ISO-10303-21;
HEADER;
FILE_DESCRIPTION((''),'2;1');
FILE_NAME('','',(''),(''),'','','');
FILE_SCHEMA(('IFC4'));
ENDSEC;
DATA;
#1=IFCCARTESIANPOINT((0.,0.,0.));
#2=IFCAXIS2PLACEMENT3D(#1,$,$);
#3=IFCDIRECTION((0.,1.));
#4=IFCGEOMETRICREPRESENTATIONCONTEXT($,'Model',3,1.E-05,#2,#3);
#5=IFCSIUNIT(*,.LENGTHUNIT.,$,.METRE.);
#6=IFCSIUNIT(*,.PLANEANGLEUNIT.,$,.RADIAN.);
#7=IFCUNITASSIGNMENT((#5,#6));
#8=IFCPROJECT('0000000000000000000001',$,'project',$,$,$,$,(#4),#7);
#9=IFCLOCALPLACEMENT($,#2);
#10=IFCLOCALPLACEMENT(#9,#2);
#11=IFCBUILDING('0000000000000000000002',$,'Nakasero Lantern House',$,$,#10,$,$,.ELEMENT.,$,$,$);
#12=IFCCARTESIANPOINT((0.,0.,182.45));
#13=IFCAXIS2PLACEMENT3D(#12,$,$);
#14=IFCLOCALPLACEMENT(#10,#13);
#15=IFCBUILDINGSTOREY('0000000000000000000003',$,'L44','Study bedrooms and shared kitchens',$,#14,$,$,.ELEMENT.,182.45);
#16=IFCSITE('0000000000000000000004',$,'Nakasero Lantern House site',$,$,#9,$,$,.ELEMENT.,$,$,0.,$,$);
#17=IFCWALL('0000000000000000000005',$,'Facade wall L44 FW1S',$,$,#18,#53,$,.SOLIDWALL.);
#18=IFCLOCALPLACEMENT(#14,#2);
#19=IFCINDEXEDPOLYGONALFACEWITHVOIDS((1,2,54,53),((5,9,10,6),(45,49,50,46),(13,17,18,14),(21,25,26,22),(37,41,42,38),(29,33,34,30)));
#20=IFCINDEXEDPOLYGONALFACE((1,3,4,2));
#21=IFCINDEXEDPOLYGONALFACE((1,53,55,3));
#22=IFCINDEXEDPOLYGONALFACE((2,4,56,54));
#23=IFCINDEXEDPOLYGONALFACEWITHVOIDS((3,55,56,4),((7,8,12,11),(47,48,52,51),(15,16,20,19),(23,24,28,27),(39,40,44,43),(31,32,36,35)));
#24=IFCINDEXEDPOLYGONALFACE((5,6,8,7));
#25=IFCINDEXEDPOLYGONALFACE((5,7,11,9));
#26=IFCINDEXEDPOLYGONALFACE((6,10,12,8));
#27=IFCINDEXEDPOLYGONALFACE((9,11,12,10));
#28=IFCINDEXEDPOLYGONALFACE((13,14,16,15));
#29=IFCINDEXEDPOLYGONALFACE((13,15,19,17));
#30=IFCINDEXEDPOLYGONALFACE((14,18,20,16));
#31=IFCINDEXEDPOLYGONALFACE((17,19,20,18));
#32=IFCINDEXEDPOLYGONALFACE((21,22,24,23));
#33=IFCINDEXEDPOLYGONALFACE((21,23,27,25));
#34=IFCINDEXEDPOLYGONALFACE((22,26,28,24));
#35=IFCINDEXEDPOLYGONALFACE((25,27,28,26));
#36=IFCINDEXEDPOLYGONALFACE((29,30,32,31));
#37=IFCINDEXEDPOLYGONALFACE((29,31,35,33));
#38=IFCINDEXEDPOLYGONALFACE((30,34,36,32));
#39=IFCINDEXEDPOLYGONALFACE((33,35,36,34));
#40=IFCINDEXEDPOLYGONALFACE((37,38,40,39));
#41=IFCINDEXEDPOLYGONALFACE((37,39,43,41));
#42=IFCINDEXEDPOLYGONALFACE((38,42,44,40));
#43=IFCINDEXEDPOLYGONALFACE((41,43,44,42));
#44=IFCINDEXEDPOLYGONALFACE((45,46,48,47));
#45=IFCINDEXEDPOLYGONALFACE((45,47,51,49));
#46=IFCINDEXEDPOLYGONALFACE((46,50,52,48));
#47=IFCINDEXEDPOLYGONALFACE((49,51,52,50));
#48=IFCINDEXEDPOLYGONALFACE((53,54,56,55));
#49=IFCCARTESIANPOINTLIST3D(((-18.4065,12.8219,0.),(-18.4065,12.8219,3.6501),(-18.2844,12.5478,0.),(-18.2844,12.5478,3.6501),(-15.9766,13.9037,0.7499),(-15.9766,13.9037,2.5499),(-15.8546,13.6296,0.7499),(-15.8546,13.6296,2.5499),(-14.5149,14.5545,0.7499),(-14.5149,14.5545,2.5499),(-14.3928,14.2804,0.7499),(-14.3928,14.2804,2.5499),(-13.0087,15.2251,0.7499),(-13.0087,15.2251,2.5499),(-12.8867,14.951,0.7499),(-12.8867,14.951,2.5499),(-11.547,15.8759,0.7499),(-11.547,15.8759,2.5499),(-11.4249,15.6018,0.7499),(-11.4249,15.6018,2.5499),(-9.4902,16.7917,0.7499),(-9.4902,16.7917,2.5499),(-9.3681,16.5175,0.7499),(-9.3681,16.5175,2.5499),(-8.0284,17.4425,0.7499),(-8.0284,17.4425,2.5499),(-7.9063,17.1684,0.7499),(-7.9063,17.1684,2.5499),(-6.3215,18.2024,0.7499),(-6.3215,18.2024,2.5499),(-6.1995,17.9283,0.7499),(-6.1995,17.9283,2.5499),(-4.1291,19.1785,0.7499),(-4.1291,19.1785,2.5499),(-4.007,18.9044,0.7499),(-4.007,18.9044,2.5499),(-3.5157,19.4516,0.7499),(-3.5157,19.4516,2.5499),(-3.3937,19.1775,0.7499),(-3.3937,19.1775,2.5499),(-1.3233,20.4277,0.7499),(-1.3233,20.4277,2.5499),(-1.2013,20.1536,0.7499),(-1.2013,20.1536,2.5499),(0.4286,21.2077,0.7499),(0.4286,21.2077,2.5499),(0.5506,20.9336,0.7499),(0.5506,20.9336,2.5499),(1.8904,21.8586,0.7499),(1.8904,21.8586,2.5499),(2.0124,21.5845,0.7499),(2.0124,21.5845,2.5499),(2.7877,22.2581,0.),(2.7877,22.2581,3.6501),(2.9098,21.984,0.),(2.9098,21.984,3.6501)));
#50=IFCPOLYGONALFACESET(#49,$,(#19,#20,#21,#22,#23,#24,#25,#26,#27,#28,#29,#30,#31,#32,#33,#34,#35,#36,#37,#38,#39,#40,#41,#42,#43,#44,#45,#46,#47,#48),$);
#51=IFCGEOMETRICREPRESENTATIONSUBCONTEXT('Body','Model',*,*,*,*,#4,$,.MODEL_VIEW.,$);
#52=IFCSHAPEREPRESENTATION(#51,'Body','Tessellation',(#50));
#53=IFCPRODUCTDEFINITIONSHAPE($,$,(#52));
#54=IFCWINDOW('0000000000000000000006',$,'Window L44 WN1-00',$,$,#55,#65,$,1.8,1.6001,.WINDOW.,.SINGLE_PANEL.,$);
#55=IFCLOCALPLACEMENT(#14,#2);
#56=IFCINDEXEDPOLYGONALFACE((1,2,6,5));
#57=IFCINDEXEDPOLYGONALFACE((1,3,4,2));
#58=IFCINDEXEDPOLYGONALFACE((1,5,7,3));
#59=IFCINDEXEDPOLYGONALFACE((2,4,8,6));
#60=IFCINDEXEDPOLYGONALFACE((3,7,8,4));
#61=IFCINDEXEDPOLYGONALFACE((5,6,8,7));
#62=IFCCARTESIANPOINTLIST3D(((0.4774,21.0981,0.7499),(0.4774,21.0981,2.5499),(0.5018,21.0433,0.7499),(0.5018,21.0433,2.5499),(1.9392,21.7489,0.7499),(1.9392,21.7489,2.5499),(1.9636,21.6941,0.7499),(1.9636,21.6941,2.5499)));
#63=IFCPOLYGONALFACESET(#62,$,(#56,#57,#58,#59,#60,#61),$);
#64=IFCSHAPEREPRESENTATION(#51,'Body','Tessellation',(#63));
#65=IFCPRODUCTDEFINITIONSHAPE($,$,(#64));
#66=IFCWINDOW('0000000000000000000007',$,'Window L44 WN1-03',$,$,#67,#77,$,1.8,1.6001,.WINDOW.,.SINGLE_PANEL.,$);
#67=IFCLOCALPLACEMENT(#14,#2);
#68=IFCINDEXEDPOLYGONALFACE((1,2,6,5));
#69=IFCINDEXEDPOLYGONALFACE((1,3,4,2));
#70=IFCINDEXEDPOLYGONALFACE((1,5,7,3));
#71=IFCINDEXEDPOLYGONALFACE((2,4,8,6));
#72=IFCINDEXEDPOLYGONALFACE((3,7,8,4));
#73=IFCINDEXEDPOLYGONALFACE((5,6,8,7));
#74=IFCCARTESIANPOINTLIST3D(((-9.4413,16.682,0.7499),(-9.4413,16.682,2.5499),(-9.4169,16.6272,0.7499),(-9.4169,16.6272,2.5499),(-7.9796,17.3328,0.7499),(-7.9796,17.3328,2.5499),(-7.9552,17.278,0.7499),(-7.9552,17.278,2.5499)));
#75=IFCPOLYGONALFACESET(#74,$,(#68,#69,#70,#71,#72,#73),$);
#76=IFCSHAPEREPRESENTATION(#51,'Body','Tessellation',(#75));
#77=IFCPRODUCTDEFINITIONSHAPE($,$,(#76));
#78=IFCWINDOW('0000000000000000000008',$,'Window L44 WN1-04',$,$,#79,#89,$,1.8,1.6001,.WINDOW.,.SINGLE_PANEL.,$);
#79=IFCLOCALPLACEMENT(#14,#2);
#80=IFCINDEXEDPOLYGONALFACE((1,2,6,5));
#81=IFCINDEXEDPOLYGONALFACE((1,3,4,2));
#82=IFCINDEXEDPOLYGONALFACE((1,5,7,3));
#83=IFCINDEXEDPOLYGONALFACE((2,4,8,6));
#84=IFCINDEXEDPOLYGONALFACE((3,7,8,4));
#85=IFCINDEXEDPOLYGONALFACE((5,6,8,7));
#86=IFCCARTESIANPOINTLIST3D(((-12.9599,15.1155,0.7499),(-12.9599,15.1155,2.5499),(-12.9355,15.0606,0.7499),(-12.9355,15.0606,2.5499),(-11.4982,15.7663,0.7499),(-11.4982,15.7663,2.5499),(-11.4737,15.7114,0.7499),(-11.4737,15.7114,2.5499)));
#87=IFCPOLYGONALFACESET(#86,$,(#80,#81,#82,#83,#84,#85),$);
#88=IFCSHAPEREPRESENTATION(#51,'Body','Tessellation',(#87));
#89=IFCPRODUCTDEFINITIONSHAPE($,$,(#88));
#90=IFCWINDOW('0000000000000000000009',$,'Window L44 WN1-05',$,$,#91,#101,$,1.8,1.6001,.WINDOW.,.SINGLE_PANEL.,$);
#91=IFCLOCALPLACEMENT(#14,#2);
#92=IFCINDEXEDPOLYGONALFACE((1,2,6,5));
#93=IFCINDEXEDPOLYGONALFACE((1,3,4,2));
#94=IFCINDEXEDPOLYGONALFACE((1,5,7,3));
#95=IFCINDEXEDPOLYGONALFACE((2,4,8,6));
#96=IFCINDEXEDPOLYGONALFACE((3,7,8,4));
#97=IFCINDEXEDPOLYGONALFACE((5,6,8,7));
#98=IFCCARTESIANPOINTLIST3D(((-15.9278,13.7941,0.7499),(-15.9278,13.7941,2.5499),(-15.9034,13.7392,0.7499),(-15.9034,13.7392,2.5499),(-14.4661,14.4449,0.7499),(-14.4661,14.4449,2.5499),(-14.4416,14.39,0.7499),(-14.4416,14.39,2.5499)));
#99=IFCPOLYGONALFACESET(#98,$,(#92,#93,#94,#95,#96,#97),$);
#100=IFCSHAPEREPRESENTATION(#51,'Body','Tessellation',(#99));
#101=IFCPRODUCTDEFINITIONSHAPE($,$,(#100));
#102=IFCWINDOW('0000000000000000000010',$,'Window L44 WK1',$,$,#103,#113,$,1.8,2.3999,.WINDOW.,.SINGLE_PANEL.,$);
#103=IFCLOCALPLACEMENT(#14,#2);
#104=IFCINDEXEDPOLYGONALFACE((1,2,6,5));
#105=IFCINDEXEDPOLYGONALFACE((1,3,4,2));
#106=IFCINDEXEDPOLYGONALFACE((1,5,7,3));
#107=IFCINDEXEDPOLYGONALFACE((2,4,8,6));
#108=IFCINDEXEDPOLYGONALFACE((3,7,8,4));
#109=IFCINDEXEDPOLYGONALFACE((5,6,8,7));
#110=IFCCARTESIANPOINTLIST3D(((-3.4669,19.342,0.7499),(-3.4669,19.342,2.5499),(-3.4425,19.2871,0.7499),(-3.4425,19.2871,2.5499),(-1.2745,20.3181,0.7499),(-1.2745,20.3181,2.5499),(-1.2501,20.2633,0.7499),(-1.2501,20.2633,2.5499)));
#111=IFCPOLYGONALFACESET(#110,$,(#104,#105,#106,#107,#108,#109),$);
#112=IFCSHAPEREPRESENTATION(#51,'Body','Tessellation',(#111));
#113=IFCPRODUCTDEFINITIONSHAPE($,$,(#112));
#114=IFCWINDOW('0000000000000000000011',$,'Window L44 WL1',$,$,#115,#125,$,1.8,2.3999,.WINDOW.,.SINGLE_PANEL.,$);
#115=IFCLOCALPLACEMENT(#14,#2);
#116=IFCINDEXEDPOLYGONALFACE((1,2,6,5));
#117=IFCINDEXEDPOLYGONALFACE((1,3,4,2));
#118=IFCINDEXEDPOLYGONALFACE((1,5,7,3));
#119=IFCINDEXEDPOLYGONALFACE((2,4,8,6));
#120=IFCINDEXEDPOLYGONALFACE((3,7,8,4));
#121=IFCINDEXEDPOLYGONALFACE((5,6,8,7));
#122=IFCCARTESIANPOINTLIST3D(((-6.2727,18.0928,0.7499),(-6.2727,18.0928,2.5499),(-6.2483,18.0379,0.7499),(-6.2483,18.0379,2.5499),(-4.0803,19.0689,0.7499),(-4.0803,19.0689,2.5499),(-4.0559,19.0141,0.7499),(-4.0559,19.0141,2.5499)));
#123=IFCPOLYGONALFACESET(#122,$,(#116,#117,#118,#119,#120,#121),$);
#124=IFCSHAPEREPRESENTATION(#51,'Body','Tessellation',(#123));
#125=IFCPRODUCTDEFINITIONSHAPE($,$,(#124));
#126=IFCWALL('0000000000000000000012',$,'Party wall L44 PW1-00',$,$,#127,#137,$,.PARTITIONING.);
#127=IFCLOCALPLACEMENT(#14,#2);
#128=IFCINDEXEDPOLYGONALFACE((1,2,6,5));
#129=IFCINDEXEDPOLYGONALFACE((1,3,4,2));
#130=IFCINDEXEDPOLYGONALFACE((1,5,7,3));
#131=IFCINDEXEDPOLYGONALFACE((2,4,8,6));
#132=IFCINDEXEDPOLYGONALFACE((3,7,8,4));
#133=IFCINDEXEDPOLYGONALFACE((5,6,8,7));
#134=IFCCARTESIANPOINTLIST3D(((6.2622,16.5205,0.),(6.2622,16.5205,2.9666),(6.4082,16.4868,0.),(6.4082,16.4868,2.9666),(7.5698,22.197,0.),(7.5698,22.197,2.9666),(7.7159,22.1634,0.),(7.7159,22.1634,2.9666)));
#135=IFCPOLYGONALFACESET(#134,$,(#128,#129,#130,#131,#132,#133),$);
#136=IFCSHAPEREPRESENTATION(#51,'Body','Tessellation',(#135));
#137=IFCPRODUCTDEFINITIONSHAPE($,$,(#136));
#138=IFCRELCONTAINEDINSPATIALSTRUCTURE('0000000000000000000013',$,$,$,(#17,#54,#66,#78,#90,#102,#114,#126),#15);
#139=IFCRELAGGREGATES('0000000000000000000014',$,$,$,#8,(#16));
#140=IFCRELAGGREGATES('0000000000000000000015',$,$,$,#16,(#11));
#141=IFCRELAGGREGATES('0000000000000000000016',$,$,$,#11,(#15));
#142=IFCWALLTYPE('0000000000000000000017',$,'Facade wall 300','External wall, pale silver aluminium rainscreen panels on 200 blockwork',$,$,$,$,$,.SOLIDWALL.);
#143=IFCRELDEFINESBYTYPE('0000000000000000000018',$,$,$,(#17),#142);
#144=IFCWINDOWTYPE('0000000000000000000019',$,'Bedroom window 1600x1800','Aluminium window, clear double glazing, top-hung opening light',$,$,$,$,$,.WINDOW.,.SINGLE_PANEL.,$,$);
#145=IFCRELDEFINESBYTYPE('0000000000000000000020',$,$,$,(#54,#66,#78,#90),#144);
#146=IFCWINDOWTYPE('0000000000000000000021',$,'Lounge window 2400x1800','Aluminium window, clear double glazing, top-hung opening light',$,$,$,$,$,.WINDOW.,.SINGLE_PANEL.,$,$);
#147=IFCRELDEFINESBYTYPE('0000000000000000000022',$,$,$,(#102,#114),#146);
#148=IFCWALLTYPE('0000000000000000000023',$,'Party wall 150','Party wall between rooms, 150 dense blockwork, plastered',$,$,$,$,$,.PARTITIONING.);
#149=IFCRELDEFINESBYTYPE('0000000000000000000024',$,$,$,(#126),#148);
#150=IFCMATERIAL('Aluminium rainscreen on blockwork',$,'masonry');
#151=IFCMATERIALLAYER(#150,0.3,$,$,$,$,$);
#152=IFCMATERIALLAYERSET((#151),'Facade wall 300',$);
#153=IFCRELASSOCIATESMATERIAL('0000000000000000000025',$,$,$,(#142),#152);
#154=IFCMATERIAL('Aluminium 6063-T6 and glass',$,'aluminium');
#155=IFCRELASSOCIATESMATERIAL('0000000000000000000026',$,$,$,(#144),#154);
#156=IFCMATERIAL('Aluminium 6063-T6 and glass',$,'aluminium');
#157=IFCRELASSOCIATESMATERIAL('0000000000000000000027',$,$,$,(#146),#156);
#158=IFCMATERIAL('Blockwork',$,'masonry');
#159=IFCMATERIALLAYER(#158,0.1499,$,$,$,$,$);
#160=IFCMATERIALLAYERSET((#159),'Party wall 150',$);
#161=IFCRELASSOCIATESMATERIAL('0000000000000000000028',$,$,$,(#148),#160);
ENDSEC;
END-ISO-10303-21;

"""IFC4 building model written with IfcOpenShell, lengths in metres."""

from ifc_helpers import new_model, si_unit, direction, frame, frame_2d, origin, place, context, subcontext, project, spatial, rectangle, extrude, material, layer, layer_set, type_object, element, fill, save


model = new_model("IFC4")

# Units and contexts
model_context = context("Model", 3, precision=1e-05, world=origin(), true_north=direction((0.0, 1.0)))
body_context = subcontext(model_context, "Body", "Model", "MODEL_VIEW")
ifc_project = project(units=[si_unit("LENGTHUNIT", "METRE"), si_unit("PLANEANGLEUNIT", "RADIAN")], contexts=[model_context])

# Site, building, storey
site_placement = place(None, origin())
site = spatial("IfcSite", under=ifc_project, at=site_placement, Name="Nakasero Lantern House site", CompositionType="ELEMENT", RefElevation=0.0)
building_placement = place(site_placement, origin())
building = spatial("IfcBuilding", under=site, at=building_placement, Name="Nakasero Lantern House", CompositionType="ELEMENT")
storey_placement = place(building_placement, frame((0.0, 0.0, 182.45)))
storey = spatial("IfcBuildingStorey", under=building, at=storey_placement, Name="L44", Description="Study bedrooms and shared kitchens", CompositionType="ELEMENT", Elevation=182.45)

# Shared definitions
ifc_material_1 = material(Name="Aluminium rainscreen on blockwork", Category="masonry")
ifc_layer_1 = layer(ifc_material_1, 0.3)
ifc_layer_set_1 = layer_set([ifc_layer_1], Name="Facade wall 300")
wall_type_1 = type_object("IfcWallType", Name="Facade wall 300", Description="External wall, pale silver aluminium rainscreen panels on 200 blockwork", PredefinedType="SOLIDWALL", material=ifc_layer_set_1)

# Wall, openings, windows
wall_1_placement = place(storey_placement, frame((2.8489, 22.1211, 0.0), z_axis=(0.0, 0.0, 1.0), x_axis=(-0.913546, -0.406735, 0.0)))
wall_1 = element("IfcWall", 1, at=wall_1_placement, inside=storey, type_object=wall_type_1, Name="Facade wall L44 FW1S", PredefinedType="SOLIDWALL", context=body_context, shape_type="SweptSolid", body=[
    extrude(rectangle(XDim=23.2, YDim=0.3, at=frame_2d((11.6001, 0.0))), origin(), (0.0, 0.0, 1.0), 3.6501),
])
opening_1_placement = place(wall_1_placement, frame((0.9824, 0.0, 0.75)))
opening_1 = element("IfcOpeningElement", 2, at=opening_1_placement, cuts=wall_1, PredefinedType="OPENING", context=body_context, shape_type="SweptSolid", body=[
    extrude(rectangle(XDim=1.6001, YDim=1.8, at=frame_2d((0.8, 0.8999))), frame((0.0, 0.1699, 0.0), z_axis=(0.0, -1.0, 0.0), x_axis=(1.0, 0.0, 0.0)), (0.0, 0.0, 1.0), 0.3401),
])
opening_2_placement = place(wall_1_placement, frame((11.8398, 0.0, 0.75)))
opening_2 = element("IfcOpeningElement", 3, at=opening_2_placement, cuts=wall_1, PredefinedType="OPENING", context=body_context, shape_type="SweptSolid", body=[
    extrude(rectangle(XDim=1.6001, YDim=1.8, at=frame_2d((0.8, 0.8999))), frame((0.0, 0.1699, 0.0), z_axis=(0.0, -1.0, 0.0), x_axis=(1.0, 0.0, 0.0)), (0.0, 0.0, 1.0), 0.3401),
])
opening_3_placement = place(wall_1_placement, frame((15.6914, 0.0, 0.75)))
opening_3 = element("IfcOpeningElement", 4, at=opening_3_placement, cuts=wall_1, PredefinedType="OPENING", context=body_context, shape_type="SweptSolid", body=[
    extrude(rectangle(XDim=1.6001, YDim=1.8, at=frame_2d((0.8, 0.8999))), frame((0.0, 0.1699, 0.0), z_axis=(0.0, -1.0, 0.0), x_axis=(1.0, 0.0, 0.0)), (0.0, 0.0, 1.0), 0.3401),
])
opening_4_placement = place(wall_1_placement, frame((18.9402, 0.0, 0.75)))
opening_4 = element("IfcOpeningElement", 5, at=opening_4_placement, cuts=wall_1, PredefinedType="OPENING", context=body_context, shape_type="SweptSolid", body=[
    extrude(rectangle(XDim=1.6001, YDim=1.8, at=frame_2d((0.8, 0.8999))), frame((0.0, 0.1699, 0.0), z_axis=(0.0, -1.0, 0.0), x_axis=(1.0, 0.0, 0.0)), (0.0, 0.0, 1.0), 0.3401),
])
opening_5_placement = place(wall_1_placement, frame((4.5002, 0.0, 0.75)))
opening_5 = element("IfcOpeningElement", 6, at=opening_5_placement, cuts=wall_1, PredefinedType="OPENING", context=body_context, shape_type="SweptSolid", body=[
    extrude(rectangle(XDim=2.3999, YDim=1.8, at=frame_2d((1.2, 0.8999))), frame((0.0, 0.1699, 0.0), z_axis=(0.0, -1.0, 0.0), x_axis=(1.0, 0.0, 0.0)), (0.0, 0.0, 1.0), 0.3401),
])
opening_6_placement = place(wall_1_placement, frame((7.5715, 0.0, 0.75)))
opening_6 = element("IfcOpeningElement", 7, at=opening_6_placement, cuts=wall_1, PredefinedType="OPENING", context=body_context, shape_type="SweptSolid", body=[
    extrude(rectangle(XDim=2.3999, YDim=1.8, at=frame_2d((1.2, 0.8999))), frame((0.0, 0.1699, 0.0), z_axis=(0.0, -1.0, 0.0), x_axis=(1.0, 0.0, 0.0)), (0.0, 0.0, 1.0), 0.3401),
])
ifc_material_2 = material(Name="Aluminium 6063-T6 and glass", Category="aluminium")
window_type_1 = type_object("IfcWindowType", Name="Bedroom window 1600x1800", Description="Aluminium window, clear double glazing, top-hung opening light", PartitioningType="SINGLE_PANEL", PredefinedType="WINDOW", material=ifc_material_2)
window_1_placement = place(opening_1_placement, origin())
window_1 = element("IfcWindow", 8, at=window_1_placement, inside=storey, type_object=window_type_1, Name="Window L44 WN1-00", OverallHeight=1.8, OverallWidth=1.6001, PartitioningType="SINGLE_PANEL", PredefinedType="WINDOW", context=body_context, shape_type="SweptSolid", body=[
    extrude(rectangle(XDim=1.6001, YDim=1.8, at=frame_2d((0.8, 0.8999))), frame((0.0, 0.03, 0.0), z_axis=(0.0, -1.0, 0.0), x_axis=(1.0, 0.0, 0.0)), (0.0, 0.0, 1.0), 0.0601),
])
fill(opening_1, window_1)
window_2_placement = place(opening_2_placement, origin())
window_2 = element("IfcWindow", 9, at=window_2_placement, inside=storey, type_object=window_type_1, Name="Window L44 WN1-03", OverallHeight=1.8, OverallWidth=1.6001, PartitioningType="SINGLE_PANEL", PredefinedType="WINDOW", context=body_context, shape_type="SweptSolid", body=[
    extrude(rectangle(XDim=1.6001, YDim=1.8, at=frame_2d((0.8, 0.8999))), frame((0.0, 0.03, 0.0), z_axis=(0.0, -1.0, 0.0), x_axis=(1.0, 0.0, 0.0)), (0.0, 0.0, 1.0), 0.0601),
])
fill(opening_2, window_2)
window_3_placement = place(opening_3_placement, origin())
window_3 = element("IfcWindow", 10, at=window_3_placement, inside=storey, type_object=window_type_1, Name="Window L44 WN1-04", OverallHeight=1.8, OverallWidth=1.6001, PartitioningType="SINGLE_PANEL", PredefinedType="WINDOW", context=body_context, shape_type="SweptSolid", body=[
    extrude(rectangle(XDim=1.6001, YDim=1.8, at=frame_2d((0.8, 0.8999))), frame((0.0, 0.03, 0.0), z_axis=(0.0, -1.0, 0.0), x_axis=(1.0, 0.0, 0.0)), (0.0, 0.0, 1.0), 0.0601),
])
fill(opening_3, window_3)
window_4_placement = place(opening_4_placement, origin())
window_4 = element("IfcWindow", 11, at=window_4_placement, inside=storey, type_object=window_type_1, Name="Window L44 WN1-05", OverallHeight=1.8, OverallWidth=1.6001, PartitioningType="SINGLE_PANEL", PredefinedType="WINDOW", context=body_context, shape_type="SweptSolid", body=[
    extrude(rectangle(XDim=1.6001, YDim=1.8, at=frame_2d((0.8, 0.8999))), frame((0.0, 0.03, 0.0), z_axis=(0.0, -1.0, 0.0), x_axis=(1.0, 0.0, 0.0)), (0.0, 0.0, 1.0), 0.0601),
])
fill(opening_4, window_4)
ifc_material_3 = material(Name="Aluminium 6063-T6 and glass", Category="aluminium")
window_type_2 = type_object("IfcWindowType", Name="Lounge window 2400x1800", Description="Aluminium window, clear double glazing, top-hung opening light", PartitioningType="SINGLE_PANEL", PredefinedType="WINDOW", material=ifc_material_3)
window_5_placement = place(opening_5_placement, origin())
window_5 = element("IfcWindow", 12, at=window_5_placement, inside=storey, type_object=window_type_2, Name="Window L44 WK1", OverallHeight=1.8, OverallWidth=2.3999, PartitioningType="SINGLE_PANEL", PredefinedType="WINDOW", context=body_context, shape_type="SweptSolid", body=[
    extrude(rectangle(XDim=2.3999, YDim=1.8, at=frame_2d((1.2, 0.8999))), frame((0.0, 0.03, 0.0), z_axis=(0.0, -1.0, 0.0), x_axis=(1.0, 0.0, 0.0)), (0.0, 0.0, 1.0), 0.0601),
])
fill(opening_5, window_5)
window_6_placement = place(opening_6_placement, origin())
window_6 = element("IfcWindow", 13, at=window_6_placement, inside=storey, type_object=window_type_2, Name="Window L44 WL1", OverallHeight=1.8, OverallWidth=2.3999, PartitioningType="SINGLE_PANEL", PredefinedType="WINDOW", context=body_context, shape_type="SweptSolid", body=[
    extrude(rectangle(XDim=2.3999, YDim=1.8, at=frame_2d((1.2, 0.8999))), frame((0.0, 0.03, 0.0), z_axis=(0.0, -1.0, 0.0), x_axis=(1.0, 0.0, 0.0)), (0.0, 0.0, 1.0), 0.0601),
])
fill(opening_6, window_6)

# Wall
ifc_material_4 = material(Name="Blockwork", Category="masonry")
ifc_layer_2 = layer(ifc_material_4, 0.1499)
ifc_layer_set_2 = layer_set([ifc_layer_2], Name="Party wall 150")
wall_type_2 = type_object("IfcWallType", Name="Party wall 150", Description="Party wall between rooms, 150 dense blockwork, plastered", PredefinedType="PARTITIONING", material=ifc_layer_set_2)
wall_2_placement = place(storey_placement, frame((6.3352, 16.5037, 0.0), z_axis=(0.0, 0.0, 1.0), x_axis=(0.224477, 0.974479, 0.0)))
element("IfcWall", 14, at=wall_2_placement, inside=storey, type_object=wall_type_2, Name="Party wall L44 PW1-00", PredefinedType="PARTITIONING", context=body_context, shape_type="SweptSolid", body=[
    extrude(rectangle(XDim=5.8252, YDim=0.1499, at=frame_2d((2.9126, 0.0))), origin(), (0.0, 0.0, 1.0), 2.9666),
])

save(model, "model.ifc")
